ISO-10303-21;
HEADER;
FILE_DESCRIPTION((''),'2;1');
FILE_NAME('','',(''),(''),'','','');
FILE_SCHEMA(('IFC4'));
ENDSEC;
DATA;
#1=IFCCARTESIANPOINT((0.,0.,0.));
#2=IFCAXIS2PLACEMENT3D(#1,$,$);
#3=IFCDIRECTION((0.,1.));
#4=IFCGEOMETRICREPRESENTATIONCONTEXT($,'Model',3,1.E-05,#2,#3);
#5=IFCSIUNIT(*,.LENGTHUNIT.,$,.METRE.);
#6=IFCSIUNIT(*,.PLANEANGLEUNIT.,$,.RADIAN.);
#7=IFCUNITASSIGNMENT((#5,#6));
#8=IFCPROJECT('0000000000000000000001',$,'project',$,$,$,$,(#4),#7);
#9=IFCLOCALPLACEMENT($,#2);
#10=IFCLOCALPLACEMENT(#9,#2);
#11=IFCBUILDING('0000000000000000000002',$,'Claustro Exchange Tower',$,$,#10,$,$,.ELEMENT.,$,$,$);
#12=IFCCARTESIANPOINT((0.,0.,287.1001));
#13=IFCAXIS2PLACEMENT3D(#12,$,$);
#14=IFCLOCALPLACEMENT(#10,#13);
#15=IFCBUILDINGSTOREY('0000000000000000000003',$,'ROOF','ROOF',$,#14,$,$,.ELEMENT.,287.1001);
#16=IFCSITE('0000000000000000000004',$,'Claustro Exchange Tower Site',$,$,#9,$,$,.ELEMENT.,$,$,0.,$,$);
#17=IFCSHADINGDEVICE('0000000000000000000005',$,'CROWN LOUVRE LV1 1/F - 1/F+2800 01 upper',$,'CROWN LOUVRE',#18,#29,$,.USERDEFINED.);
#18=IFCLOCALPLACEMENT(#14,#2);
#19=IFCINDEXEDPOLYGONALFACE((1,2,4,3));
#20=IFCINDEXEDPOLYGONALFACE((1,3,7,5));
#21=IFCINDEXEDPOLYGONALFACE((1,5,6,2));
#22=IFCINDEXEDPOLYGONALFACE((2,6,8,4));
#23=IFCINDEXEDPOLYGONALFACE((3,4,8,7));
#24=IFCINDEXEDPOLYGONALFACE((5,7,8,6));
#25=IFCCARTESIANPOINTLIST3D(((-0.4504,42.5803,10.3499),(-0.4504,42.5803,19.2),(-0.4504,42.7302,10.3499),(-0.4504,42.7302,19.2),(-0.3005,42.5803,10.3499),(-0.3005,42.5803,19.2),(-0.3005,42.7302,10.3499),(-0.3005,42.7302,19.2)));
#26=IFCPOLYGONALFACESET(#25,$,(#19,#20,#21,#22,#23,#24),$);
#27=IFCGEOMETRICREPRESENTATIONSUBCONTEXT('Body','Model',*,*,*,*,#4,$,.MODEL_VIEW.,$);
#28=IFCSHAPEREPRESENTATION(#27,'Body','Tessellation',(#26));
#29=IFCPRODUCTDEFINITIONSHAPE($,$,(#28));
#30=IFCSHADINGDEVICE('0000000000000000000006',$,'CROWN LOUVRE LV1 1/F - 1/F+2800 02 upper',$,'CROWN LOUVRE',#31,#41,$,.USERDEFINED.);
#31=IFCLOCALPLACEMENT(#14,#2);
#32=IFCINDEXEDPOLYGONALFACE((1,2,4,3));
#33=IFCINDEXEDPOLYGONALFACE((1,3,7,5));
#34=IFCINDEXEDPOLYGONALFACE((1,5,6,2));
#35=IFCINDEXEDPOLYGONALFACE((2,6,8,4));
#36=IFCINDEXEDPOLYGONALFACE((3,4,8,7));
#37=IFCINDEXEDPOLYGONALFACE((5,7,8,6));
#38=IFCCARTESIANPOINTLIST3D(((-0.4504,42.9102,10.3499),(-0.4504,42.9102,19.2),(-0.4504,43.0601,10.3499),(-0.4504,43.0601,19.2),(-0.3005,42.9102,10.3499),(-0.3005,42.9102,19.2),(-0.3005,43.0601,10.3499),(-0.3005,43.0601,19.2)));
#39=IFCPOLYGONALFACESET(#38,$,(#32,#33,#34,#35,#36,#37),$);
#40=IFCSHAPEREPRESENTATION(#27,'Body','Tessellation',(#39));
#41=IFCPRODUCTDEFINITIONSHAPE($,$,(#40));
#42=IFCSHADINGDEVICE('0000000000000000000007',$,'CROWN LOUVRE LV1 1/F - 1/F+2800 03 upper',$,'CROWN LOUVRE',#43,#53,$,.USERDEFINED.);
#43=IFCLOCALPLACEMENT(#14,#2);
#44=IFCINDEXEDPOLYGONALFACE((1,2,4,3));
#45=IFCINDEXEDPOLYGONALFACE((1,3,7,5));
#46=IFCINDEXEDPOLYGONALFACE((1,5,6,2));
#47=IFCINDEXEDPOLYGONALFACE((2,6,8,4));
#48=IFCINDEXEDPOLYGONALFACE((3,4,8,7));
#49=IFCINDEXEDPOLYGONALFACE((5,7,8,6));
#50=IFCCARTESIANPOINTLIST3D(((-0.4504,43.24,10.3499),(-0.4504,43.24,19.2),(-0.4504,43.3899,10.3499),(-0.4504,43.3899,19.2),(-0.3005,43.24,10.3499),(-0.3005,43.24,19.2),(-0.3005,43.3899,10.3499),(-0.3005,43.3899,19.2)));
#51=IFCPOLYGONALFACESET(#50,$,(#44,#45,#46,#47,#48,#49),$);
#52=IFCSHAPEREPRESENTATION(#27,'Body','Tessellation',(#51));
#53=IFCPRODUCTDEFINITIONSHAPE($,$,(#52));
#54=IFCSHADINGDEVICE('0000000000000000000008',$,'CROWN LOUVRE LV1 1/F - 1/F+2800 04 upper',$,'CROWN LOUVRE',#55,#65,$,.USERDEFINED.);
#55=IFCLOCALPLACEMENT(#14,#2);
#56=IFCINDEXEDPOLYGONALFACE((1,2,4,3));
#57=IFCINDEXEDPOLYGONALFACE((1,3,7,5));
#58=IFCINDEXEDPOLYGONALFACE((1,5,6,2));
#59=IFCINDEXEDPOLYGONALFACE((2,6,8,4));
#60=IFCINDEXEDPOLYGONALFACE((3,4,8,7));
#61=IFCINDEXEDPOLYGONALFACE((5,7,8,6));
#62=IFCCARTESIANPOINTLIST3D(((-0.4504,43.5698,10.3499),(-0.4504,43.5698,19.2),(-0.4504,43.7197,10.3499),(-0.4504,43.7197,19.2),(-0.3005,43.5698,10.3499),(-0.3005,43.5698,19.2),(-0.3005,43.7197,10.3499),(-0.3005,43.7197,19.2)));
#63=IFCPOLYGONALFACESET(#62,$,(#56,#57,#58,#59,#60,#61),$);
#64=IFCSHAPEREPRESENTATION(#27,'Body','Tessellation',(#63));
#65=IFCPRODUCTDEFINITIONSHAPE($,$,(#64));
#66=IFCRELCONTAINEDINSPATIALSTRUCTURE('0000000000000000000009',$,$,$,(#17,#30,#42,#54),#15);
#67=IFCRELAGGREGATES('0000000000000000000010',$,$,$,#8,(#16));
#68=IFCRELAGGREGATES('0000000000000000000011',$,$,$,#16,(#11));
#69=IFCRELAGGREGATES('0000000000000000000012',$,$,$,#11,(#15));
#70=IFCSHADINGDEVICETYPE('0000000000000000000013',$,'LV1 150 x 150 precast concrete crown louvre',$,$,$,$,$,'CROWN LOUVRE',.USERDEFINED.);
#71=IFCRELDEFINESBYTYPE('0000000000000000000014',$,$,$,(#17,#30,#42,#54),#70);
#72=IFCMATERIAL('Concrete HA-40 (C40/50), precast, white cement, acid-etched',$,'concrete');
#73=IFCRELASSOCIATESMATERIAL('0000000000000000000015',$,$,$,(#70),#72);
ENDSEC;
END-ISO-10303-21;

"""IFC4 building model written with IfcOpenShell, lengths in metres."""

from ifc_helpers import new_model, si_unit, direction, frame, origin, origin_2d, place, context, subcontext, project, spatial, rectangle, extrude, material, type_object, element, save


model = new_model("IFC4")

# Units and contexts
model_context = context("Model", 3, precision=1e-05, world=origin(), true_north=direction((0.0, 1.0)))
body_context = subcontext(model_context, "Body", "Model", "MODEL_VIEW")
ifc_project = project(units=[si_unit("LENGTHUNIT", "METRE"), si_unit("PLANEANGLEUNIT", "RADIAN")], contexts=[model_context])

# Site, building, storey
site_placement = place(None, origin())
site = spatial("IfcSite", under=ifc_project, at=site_placement, Name="Claustro Exchange Tower Site", CompositionType="ELEMENT", RefElevation=0.0)
building_placement = place(site_placement, origin())
building = spatial("IfcBuilding", under=site, at=building_placement, Name="Claustro Exchange Tower", CompositionType="ELEMENT")
storey_placement = place(building_placement, frame((0.0, 0.0, 287.1001)))
storey = spatial("IfcBuildingStorey", under=building, at=storey_placement, Name="ROOF", Description="ROOF", CompositionType="ELEMENT", Elevation=287.1001)

# Shading devices
ifc_material_1 = material(Name="Concrete HA-40 (C40/50), precast, white cement, acid-etched", Category="concrete")
shading_device_type = type_object("IfcShadingDeviceType", Name="LV1 150 x 150 precast concrete crown louvre", ElementType="CROWN LOUVRE", PredefinedType="USERDEFINED", material=ifc_material_1)
for number, where, z_axis, x_axis, name in (
    (1, (-0.3755, 42.6553, 10.3499), (0.0, 0.0, 1.0), (0.0, 1.0, 0.0), "CROWN LOUVRE LV1 1/F - 1/F+2800 01 upper"),
    (2, (-0.3755, 42.9851, 10.3499), (0.0, 0.0, 1.0), (0.0, 1.0, 0.0), "CROWN LOUVRE LV1 1/F - 1/F+2800 02 upper"),
    (3, (-0.3755, 43.3149, 10.3499), (0.0, 0.0, 1.0), (0.0, 1.0, 0.0), "CROWN LOUVRE LV1 1/F - 1/F+2800 03 upper"),
    (4, (-0.3755, 43.6448, 10.3499), (0.0, 0.0, 1.0), (0.0, 1.0, 0.0), "CROWN LOUVRE LV1 1/F - 1/F+2800 04 upper"),
):
    element("IfcShadingDevice", number, at=place(storey_placement, frame(where, z_axis=z_axis, x_axis=x_axis)), inside=storey, type_object=shading_device_type, Name=name, ObjectType="CROWN LOUVRE", PredefinedType="USERDEFINED", context=body_context, shape_type="SweptSolid", body=[
        extrude(rectangle(XDim=0.1499, YDim=0.1499, at=origin_2d()), origin(), (0.0, 0.0, 1.0), 8.8501),
    ])

save(model, "model.ifc")
